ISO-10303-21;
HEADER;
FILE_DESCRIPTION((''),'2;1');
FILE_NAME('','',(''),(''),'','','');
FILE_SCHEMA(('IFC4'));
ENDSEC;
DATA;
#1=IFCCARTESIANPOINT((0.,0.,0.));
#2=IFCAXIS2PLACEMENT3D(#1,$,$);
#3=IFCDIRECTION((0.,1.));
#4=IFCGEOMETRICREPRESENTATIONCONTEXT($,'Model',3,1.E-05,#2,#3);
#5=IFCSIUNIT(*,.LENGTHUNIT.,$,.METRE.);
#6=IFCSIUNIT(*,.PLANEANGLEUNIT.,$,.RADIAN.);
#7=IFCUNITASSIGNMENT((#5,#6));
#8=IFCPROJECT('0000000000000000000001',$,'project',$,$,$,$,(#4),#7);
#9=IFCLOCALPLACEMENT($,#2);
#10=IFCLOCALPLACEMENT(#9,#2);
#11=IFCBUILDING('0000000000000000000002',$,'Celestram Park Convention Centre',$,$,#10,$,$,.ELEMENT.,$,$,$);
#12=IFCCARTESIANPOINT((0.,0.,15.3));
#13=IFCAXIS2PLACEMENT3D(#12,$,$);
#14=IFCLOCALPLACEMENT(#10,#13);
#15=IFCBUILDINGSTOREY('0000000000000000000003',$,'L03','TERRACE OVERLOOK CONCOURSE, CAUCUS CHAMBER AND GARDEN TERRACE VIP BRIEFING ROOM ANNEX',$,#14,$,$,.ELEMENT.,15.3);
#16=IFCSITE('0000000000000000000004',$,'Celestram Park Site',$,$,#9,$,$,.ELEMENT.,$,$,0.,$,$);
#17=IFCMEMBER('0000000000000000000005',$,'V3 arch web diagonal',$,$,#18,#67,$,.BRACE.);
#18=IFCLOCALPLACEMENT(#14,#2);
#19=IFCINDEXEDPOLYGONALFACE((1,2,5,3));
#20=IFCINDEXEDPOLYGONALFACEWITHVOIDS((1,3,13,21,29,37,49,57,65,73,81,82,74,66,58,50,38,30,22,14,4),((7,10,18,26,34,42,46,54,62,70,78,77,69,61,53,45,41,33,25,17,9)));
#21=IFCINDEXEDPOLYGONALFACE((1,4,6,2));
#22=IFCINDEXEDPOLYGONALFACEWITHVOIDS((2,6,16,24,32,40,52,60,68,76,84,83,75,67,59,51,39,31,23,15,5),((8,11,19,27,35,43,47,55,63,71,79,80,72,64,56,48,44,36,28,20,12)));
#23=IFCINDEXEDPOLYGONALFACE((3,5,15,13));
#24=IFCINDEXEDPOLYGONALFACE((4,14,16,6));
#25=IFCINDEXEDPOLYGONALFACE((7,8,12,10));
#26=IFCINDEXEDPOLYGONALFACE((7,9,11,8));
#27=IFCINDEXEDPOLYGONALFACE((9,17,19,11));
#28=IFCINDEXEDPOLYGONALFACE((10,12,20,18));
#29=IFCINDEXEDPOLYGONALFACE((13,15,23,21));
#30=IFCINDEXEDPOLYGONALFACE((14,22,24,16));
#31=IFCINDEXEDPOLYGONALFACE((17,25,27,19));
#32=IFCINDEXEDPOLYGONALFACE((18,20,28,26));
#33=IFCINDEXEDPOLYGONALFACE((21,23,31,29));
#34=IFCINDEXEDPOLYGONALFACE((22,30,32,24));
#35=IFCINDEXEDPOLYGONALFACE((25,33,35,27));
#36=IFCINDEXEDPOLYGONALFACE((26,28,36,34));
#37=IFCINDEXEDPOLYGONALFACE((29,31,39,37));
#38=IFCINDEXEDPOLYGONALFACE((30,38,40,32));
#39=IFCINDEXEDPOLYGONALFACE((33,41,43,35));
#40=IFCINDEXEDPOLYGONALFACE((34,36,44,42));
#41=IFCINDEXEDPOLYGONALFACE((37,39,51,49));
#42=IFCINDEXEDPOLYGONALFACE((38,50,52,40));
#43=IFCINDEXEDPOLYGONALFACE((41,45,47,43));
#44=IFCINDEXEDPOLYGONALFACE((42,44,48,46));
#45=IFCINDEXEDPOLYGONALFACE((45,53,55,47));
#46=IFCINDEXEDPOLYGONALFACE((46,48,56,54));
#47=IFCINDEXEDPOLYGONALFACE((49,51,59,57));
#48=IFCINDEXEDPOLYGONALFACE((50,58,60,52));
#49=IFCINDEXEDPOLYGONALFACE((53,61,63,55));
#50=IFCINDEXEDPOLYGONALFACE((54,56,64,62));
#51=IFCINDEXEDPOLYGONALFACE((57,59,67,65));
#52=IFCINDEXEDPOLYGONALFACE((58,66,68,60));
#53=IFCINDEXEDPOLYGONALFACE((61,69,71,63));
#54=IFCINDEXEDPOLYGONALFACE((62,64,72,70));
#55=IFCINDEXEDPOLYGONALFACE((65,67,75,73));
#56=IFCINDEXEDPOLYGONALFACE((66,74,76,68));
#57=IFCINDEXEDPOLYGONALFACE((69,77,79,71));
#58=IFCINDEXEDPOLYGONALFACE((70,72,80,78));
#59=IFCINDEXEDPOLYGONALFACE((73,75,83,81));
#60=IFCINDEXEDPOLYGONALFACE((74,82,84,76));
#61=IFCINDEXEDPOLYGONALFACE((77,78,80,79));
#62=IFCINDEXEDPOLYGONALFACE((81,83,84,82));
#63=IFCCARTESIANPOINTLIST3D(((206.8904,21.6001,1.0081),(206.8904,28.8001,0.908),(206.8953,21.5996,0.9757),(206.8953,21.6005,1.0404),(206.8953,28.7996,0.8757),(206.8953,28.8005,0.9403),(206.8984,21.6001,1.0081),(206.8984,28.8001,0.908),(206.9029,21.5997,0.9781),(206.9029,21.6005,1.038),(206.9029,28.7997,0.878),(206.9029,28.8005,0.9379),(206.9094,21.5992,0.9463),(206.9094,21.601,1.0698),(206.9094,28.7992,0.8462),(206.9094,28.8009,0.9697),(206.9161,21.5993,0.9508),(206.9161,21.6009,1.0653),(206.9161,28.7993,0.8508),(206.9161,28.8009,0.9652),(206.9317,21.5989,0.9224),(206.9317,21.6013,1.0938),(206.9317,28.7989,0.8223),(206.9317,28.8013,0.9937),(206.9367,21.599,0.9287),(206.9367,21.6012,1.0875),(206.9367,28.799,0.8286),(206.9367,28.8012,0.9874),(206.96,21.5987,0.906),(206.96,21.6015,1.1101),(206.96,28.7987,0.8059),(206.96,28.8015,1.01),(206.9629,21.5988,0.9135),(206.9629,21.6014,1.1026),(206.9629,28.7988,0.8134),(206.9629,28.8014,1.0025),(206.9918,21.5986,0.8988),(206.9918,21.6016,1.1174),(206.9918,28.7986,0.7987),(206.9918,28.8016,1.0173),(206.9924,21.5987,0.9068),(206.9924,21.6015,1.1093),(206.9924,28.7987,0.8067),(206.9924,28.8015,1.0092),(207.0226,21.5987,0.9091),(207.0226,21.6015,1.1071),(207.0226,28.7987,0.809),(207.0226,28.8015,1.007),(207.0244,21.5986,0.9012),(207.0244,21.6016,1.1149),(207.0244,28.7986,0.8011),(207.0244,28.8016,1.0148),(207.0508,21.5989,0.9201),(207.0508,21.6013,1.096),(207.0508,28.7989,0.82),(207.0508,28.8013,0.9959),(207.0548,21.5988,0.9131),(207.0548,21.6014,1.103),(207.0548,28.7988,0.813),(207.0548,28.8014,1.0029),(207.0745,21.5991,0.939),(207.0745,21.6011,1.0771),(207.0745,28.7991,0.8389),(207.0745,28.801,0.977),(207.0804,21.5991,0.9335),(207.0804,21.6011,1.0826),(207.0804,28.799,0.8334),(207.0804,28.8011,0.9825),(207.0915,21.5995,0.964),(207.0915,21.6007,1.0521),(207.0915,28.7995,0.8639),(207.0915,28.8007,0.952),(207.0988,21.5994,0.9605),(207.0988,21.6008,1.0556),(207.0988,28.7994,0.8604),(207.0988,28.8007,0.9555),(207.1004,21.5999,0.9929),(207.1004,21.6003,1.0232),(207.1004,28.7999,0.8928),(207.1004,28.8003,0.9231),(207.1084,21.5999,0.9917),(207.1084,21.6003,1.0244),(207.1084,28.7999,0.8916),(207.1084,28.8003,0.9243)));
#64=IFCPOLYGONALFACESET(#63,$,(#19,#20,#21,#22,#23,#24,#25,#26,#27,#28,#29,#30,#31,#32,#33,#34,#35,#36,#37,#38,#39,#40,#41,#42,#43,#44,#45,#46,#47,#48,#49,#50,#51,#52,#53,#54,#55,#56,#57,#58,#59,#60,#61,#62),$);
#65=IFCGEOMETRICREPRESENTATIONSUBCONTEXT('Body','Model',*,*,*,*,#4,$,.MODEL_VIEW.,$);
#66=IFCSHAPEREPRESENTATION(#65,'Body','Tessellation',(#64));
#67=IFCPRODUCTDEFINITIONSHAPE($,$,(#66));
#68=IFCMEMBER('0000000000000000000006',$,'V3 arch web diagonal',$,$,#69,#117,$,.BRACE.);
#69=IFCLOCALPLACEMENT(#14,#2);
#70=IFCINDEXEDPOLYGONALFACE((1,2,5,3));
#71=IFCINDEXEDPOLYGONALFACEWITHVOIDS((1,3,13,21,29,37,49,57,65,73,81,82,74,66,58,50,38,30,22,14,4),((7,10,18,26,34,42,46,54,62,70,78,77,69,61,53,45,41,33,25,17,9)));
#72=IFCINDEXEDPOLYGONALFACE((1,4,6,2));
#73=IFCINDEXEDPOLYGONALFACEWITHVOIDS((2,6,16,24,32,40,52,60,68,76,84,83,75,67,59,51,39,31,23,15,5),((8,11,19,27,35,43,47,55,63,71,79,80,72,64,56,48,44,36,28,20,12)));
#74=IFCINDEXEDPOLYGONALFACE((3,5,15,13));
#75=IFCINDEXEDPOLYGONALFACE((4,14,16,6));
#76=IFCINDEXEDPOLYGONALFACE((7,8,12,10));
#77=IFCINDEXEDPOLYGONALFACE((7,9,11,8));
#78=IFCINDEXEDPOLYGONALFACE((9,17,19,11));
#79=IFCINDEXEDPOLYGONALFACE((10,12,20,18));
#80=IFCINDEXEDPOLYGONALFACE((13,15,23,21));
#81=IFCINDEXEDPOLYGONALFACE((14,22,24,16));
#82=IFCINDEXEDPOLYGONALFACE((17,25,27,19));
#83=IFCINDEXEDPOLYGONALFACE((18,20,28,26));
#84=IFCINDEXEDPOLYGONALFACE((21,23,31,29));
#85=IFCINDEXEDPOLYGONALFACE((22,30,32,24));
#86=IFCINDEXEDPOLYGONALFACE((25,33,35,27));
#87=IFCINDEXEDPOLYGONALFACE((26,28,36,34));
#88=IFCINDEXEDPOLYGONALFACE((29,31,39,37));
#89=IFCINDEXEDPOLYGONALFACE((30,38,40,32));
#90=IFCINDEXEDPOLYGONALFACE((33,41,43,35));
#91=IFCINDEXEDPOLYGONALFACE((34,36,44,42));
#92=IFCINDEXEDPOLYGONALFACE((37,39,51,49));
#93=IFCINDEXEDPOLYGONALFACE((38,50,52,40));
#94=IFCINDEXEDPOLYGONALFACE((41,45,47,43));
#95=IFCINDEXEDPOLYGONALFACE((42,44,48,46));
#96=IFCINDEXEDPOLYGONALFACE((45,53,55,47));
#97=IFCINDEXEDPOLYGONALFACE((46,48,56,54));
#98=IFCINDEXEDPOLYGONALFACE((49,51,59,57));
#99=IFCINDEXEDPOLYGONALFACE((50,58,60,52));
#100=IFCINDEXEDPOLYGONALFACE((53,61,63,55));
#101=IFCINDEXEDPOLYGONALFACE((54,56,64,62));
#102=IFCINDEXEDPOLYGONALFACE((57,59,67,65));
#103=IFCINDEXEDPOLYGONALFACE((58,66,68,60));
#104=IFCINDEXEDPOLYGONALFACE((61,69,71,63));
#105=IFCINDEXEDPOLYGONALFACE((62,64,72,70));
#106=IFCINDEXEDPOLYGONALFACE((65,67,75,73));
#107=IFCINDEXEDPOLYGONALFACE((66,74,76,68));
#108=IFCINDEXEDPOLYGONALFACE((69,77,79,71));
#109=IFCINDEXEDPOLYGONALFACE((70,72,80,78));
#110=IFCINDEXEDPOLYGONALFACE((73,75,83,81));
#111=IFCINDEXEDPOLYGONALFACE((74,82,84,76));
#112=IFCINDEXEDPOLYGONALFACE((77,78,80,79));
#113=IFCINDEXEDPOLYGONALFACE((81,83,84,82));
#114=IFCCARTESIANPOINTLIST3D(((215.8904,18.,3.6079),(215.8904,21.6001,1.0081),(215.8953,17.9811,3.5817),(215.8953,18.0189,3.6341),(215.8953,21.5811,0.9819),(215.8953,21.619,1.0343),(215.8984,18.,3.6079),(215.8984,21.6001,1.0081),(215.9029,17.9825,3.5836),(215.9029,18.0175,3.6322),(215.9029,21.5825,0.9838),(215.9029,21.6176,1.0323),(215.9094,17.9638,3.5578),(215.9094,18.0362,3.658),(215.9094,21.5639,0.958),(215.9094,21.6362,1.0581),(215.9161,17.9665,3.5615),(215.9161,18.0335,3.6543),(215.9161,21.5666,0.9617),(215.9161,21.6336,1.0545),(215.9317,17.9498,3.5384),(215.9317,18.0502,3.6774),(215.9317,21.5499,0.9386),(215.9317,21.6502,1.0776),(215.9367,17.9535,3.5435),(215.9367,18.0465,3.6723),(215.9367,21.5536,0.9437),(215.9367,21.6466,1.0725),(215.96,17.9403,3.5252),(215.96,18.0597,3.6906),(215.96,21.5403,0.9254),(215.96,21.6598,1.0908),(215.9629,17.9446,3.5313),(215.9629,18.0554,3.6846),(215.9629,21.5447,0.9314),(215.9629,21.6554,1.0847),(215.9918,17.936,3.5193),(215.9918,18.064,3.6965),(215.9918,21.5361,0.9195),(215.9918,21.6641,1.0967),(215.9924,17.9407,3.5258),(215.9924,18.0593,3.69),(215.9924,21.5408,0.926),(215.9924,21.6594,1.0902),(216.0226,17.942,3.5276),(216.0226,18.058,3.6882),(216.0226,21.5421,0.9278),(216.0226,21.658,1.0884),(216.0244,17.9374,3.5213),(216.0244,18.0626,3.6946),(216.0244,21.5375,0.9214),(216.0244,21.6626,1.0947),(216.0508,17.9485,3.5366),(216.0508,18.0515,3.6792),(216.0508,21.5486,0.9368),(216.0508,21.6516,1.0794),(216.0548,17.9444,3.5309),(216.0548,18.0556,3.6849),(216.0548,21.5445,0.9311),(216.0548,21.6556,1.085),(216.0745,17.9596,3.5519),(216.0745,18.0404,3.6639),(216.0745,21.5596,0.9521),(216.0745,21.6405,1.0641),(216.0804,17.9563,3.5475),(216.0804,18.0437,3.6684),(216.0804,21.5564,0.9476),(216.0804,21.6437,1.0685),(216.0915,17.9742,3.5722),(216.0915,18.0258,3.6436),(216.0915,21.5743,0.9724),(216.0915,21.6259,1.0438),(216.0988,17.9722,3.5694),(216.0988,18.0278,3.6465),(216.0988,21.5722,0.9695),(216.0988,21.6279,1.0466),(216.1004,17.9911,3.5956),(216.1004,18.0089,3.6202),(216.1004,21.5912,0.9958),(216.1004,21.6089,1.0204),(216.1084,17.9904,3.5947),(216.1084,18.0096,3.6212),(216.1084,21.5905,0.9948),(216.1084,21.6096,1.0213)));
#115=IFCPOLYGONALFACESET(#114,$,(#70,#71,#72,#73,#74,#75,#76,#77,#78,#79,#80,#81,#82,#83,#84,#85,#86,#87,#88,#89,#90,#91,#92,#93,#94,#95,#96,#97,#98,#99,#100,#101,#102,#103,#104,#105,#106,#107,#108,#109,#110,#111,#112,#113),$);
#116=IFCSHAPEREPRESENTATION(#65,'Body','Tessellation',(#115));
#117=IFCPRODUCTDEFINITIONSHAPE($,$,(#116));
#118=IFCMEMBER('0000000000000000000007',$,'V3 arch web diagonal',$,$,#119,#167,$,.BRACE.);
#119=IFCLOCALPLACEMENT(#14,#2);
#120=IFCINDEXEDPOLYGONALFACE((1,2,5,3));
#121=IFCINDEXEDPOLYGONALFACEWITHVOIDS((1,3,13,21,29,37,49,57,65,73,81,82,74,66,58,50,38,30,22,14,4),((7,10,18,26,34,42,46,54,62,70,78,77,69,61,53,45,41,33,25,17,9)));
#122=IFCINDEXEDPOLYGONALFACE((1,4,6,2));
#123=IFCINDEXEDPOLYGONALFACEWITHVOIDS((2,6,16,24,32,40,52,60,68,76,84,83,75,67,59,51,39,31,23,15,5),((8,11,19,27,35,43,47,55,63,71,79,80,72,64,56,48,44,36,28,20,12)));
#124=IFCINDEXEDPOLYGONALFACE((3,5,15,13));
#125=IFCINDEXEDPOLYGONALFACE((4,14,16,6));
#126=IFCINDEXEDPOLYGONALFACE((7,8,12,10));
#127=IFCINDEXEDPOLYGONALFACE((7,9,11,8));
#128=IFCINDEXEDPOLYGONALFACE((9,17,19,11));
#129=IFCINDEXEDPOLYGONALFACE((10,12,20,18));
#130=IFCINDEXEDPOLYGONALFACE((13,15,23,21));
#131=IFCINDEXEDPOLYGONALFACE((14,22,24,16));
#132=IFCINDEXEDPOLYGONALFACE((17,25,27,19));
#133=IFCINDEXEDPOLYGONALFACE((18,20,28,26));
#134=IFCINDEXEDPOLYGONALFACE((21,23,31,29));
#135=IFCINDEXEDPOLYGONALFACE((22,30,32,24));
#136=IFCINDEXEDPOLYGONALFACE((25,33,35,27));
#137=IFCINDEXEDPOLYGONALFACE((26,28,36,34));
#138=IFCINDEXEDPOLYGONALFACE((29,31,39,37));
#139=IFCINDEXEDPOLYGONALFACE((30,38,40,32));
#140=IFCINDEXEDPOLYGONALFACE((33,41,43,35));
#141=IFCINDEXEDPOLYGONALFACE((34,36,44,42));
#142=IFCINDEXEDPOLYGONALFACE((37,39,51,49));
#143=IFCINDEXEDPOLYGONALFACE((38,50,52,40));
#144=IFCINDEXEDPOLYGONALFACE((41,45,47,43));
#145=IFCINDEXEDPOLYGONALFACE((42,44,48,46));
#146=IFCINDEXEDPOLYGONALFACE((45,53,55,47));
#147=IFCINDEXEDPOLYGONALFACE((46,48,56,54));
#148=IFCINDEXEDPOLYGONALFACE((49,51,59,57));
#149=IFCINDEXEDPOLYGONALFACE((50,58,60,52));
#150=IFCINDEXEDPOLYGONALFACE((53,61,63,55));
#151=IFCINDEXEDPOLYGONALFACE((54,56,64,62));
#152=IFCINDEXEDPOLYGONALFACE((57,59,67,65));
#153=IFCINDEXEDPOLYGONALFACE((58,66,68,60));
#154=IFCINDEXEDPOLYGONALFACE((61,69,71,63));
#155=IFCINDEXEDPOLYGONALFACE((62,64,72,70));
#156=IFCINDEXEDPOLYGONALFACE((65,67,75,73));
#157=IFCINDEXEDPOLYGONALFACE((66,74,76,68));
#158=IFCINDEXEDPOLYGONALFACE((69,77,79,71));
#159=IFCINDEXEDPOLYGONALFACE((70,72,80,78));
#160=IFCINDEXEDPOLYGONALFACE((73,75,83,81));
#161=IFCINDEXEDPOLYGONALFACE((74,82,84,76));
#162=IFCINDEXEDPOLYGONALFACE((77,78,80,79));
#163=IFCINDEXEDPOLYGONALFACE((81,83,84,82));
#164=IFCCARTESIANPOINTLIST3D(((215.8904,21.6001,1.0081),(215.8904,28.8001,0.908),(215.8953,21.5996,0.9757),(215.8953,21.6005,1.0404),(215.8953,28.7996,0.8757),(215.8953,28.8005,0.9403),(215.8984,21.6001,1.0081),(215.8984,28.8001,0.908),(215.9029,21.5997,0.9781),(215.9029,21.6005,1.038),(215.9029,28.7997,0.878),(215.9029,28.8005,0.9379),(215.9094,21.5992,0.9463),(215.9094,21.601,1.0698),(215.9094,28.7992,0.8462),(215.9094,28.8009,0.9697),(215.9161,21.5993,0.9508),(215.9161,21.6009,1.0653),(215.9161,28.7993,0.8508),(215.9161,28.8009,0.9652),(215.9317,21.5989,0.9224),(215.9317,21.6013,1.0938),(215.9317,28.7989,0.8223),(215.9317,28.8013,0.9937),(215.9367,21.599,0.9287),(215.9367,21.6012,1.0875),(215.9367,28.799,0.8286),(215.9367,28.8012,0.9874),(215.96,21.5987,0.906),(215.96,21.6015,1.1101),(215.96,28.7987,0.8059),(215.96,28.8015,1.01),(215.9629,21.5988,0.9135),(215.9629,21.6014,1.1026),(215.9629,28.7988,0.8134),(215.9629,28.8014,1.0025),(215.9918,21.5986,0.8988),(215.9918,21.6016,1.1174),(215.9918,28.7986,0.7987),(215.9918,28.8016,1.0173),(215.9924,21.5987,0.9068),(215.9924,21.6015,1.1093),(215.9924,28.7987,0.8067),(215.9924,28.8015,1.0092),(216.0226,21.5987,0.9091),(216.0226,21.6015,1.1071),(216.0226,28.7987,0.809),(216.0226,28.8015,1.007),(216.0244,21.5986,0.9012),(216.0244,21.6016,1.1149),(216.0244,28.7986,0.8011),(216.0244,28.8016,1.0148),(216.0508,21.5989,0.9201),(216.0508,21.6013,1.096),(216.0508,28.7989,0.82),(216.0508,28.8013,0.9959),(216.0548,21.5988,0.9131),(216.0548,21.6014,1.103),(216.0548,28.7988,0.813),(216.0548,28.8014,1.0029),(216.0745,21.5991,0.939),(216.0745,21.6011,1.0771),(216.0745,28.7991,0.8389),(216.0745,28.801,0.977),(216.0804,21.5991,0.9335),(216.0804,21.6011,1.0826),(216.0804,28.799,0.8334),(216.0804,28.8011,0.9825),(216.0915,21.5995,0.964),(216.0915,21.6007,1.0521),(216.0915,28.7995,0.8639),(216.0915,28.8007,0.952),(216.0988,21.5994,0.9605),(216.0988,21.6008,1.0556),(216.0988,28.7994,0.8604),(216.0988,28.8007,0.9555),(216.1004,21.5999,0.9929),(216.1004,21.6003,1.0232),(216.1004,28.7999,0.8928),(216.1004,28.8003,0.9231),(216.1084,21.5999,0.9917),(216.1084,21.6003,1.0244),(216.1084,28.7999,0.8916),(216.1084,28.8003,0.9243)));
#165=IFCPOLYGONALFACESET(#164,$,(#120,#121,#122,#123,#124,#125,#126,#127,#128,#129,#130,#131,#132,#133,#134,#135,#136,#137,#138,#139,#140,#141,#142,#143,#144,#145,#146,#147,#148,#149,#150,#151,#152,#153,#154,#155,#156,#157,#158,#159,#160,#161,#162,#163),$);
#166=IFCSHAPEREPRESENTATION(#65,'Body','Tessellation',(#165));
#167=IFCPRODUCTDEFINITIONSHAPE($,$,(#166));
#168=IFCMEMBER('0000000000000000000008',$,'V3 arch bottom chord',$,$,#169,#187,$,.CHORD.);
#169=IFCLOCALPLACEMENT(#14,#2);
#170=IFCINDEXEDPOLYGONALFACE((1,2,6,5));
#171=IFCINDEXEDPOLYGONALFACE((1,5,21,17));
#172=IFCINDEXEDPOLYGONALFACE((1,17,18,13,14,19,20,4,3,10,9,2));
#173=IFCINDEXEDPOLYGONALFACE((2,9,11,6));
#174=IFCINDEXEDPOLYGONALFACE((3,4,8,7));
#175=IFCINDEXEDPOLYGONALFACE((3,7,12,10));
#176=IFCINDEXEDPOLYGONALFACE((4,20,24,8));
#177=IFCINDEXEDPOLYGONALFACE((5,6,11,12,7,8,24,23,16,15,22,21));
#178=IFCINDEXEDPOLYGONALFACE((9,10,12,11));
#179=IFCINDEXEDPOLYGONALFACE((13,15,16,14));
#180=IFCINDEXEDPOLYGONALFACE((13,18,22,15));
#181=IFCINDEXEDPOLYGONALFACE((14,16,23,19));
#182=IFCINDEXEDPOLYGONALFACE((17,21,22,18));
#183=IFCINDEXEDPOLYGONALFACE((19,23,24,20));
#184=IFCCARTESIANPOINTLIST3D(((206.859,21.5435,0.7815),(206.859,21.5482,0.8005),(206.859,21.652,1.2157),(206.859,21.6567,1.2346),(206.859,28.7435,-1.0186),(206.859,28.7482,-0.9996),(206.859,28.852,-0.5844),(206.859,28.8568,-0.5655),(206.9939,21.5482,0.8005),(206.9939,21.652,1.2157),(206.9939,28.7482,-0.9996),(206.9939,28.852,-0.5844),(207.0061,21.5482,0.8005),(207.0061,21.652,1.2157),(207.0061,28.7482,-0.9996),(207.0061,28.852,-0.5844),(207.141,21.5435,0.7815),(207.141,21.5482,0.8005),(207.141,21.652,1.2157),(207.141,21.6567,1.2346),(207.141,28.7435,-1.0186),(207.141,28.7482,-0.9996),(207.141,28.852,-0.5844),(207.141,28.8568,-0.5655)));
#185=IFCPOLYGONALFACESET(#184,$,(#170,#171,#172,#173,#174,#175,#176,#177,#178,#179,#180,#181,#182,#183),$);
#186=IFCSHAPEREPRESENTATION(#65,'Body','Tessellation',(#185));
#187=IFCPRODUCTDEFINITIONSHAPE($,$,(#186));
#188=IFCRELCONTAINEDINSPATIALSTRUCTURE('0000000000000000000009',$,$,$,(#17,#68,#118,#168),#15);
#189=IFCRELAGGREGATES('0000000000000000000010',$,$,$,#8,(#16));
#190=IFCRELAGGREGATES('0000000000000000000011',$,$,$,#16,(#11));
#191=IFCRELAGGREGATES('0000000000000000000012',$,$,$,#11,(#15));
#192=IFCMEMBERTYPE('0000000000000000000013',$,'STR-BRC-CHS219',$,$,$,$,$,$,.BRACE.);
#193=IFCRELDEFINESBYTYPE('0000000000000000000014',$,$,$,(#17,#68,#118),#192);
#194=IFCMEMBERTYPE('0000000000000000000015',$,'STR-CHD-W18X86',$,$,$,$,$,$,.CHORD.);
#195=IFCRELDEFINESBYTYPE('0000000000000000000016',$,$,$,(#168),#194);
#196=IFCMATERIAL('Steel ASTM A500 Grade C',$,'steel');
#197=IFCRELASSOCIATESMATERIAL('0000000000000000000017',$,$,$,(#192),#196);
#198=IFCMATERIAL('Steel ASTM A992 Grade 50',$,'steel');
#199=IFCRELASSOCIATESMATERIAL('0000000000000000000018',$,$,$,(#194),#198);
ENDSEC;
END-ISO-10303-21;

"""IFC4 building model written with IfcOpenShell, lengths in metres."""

from ifc_helpers import new_model, si_unit, direction, frame, origin, origin_2d, place, context, subcontext, project, spatial, hollow_circle, i_section, extrude, material, material_profile, profile_set, type_object, element, save


model = new_model("IFC4")

# Units and contexts
model_context = context("Model", 3, precision=1e-05, world=origin(), true_north=direction((0.0, 1.0)))
body_context = subcontext(model_context, "Body", "Model", "MODEL_VIEW")
ifc_project = project(units=[si_unit("LENGTHUNIT", "METRE"), si_unit("PLANEANGLEUNIT", "RADIAN")], contexts=[model_context])

# Site, building, storey
site_placement = place(None, origin())
site = spatial("IfcSite", under=ifc_project, at=site_placement, Name="Celestram Park Site", CompositionType="ELEMENT", RefElevation=0.0)
building_placement = place(site_placement, origin())
building = spatial("IfcBuilding", under=site, at=building_placement, Name="Celestram Park Convention Centre", CompositionType="ELEMENT")
storey_placement = place(building_placement, frame((0.0, 0.0, 15.3)))
storey = spatial("IfcBuildingStorey", under=building, at=storey_placement, Name="L03", Description="TERRACE OVERLOOK CONCOURSE, CAUCUS CHAMBER AND GARDEN TERRACE VIP BRIEFING ROOM ANNEX", CompositionType="ELEMENT", Elevation=15.3)

# Members
ifc_material_1 = material(Name="Steel ASTM A500 Grade C", Category="steel")
ifc_material_profile_1 = material_profile(ifc_material_1, hollow_circle(Radius=0.1096, WallThickness=0.0081, at=origin_2d()), Name="CHS219X8")
ifc_profile_set_1 = profile_set([ifc_material_profile_1], Name="Steel ASTM A500 Grade C")
member_type_1 = type_object("IfcMemberType", Name="STR-BRC-CHS219", PredefinedType="BRACE", material=ifc_profile_set_1)
member_1_placement = place(storey_placement, frame((207.0, 21.6001, 1.0081), z_axis=(0.0, 0.999903, -0.013901), x_axis=(-1.0, 0.0, 0.0)))
element("IfcMember", 1, at=member_1_placement, inside=storey, type_object=member_type_1, Name="V3 arch web diagonal", PredefinedType="BRACE", context=body_context, shape_type="SweptSolid", body=[
    extrude(hollow_circle(Radius=0.1096, WallThickness=0.0081, at=origin_2d()), origin(), (0.0, 0.0, 1.0), 7.2007),
])
member_2_placement = place(storey_placement, frame((216.0, 18.0, 3.6079), z_axis=(0.0, 0.810702, -0.585458), x_axis=(-1.0, 0.0, 0.0)))
element("IfcMember", 2, at=member_2_placement, inside=storey, type_object=member_type_1, Name="V3 arch web diagonal", PredefinedType="BRACE", context=body_context, shape_type="SweptSolid", body=[
    extrude(hollow_circle(Radius=0.1096, WallThickness=0.0081, at=origin_2d()), origin(), (0.0, 0.0, 1.0), 4.4407),
])
member_3_placement = place(storey_placement, frame((216.0, 21.6001, 1.0081), z_axis=(0.0, 0.999903, -0.013901), x_axis=(-1.0, 0.0, 0.0)))
element("IfcMember", 3, at=member_3_placement, inside=storey, type_object=member_type_1, Name="V3 arch web diagonal", PredefinedType="BRACE", context=body_context, shape_type="SweptSolid", body=[
    extrude(hollow_circle(Radius=0.1096, WallThickness=0.0081, at=origin_2d()), origin(), (0.0, 0.0, 1.0), 7.2007),
])
ifc_material_2 = material(Name="Steel ASTM A992 Grade 50", Category="steel")
ifc_material_profile_2 = material_profile(ifc_material_2, i_section(OverallWidth=0.282, OverallDepth=0.467, WebThickness=0.0122, FlangeThickness=0.0195, at=origin_2d()), Name="W18X86")
ifc_profile_set_2 = profile_set([ifc_material_profile_2], Name="Steel ASTM A992 Grade 50")
member_type_2 = type_object("IfcMemberType", Name="STR-CHD-W18X86", PredefinedType="CHORD", material=ifc_profile_set_2)
member_4_placement = place(storey_placement, frame((207.0, 21.6001, 1.0081), z_axis=(0.0, 0.970141, -0.242543), x_axis=(-1.0, 0.0, 0.0)))
element("IfcMember", 4, at=member_4_placement, inside=storey, type_object=member_type_2, Name="V3 arch bottom chord", PredefinedType="CHORD", context=body_context, shape_type="SweptSolid", body=[
    extrude(i_section(OverallWidth=0.282, OverallDepth=0.467, WebThickness=0.0122, FlangeThickness=0.0195, at=origin_2d()), origin(), (0.0, 0.0, 1.0), 7.4216),
])

save(model, "model.ifc")
